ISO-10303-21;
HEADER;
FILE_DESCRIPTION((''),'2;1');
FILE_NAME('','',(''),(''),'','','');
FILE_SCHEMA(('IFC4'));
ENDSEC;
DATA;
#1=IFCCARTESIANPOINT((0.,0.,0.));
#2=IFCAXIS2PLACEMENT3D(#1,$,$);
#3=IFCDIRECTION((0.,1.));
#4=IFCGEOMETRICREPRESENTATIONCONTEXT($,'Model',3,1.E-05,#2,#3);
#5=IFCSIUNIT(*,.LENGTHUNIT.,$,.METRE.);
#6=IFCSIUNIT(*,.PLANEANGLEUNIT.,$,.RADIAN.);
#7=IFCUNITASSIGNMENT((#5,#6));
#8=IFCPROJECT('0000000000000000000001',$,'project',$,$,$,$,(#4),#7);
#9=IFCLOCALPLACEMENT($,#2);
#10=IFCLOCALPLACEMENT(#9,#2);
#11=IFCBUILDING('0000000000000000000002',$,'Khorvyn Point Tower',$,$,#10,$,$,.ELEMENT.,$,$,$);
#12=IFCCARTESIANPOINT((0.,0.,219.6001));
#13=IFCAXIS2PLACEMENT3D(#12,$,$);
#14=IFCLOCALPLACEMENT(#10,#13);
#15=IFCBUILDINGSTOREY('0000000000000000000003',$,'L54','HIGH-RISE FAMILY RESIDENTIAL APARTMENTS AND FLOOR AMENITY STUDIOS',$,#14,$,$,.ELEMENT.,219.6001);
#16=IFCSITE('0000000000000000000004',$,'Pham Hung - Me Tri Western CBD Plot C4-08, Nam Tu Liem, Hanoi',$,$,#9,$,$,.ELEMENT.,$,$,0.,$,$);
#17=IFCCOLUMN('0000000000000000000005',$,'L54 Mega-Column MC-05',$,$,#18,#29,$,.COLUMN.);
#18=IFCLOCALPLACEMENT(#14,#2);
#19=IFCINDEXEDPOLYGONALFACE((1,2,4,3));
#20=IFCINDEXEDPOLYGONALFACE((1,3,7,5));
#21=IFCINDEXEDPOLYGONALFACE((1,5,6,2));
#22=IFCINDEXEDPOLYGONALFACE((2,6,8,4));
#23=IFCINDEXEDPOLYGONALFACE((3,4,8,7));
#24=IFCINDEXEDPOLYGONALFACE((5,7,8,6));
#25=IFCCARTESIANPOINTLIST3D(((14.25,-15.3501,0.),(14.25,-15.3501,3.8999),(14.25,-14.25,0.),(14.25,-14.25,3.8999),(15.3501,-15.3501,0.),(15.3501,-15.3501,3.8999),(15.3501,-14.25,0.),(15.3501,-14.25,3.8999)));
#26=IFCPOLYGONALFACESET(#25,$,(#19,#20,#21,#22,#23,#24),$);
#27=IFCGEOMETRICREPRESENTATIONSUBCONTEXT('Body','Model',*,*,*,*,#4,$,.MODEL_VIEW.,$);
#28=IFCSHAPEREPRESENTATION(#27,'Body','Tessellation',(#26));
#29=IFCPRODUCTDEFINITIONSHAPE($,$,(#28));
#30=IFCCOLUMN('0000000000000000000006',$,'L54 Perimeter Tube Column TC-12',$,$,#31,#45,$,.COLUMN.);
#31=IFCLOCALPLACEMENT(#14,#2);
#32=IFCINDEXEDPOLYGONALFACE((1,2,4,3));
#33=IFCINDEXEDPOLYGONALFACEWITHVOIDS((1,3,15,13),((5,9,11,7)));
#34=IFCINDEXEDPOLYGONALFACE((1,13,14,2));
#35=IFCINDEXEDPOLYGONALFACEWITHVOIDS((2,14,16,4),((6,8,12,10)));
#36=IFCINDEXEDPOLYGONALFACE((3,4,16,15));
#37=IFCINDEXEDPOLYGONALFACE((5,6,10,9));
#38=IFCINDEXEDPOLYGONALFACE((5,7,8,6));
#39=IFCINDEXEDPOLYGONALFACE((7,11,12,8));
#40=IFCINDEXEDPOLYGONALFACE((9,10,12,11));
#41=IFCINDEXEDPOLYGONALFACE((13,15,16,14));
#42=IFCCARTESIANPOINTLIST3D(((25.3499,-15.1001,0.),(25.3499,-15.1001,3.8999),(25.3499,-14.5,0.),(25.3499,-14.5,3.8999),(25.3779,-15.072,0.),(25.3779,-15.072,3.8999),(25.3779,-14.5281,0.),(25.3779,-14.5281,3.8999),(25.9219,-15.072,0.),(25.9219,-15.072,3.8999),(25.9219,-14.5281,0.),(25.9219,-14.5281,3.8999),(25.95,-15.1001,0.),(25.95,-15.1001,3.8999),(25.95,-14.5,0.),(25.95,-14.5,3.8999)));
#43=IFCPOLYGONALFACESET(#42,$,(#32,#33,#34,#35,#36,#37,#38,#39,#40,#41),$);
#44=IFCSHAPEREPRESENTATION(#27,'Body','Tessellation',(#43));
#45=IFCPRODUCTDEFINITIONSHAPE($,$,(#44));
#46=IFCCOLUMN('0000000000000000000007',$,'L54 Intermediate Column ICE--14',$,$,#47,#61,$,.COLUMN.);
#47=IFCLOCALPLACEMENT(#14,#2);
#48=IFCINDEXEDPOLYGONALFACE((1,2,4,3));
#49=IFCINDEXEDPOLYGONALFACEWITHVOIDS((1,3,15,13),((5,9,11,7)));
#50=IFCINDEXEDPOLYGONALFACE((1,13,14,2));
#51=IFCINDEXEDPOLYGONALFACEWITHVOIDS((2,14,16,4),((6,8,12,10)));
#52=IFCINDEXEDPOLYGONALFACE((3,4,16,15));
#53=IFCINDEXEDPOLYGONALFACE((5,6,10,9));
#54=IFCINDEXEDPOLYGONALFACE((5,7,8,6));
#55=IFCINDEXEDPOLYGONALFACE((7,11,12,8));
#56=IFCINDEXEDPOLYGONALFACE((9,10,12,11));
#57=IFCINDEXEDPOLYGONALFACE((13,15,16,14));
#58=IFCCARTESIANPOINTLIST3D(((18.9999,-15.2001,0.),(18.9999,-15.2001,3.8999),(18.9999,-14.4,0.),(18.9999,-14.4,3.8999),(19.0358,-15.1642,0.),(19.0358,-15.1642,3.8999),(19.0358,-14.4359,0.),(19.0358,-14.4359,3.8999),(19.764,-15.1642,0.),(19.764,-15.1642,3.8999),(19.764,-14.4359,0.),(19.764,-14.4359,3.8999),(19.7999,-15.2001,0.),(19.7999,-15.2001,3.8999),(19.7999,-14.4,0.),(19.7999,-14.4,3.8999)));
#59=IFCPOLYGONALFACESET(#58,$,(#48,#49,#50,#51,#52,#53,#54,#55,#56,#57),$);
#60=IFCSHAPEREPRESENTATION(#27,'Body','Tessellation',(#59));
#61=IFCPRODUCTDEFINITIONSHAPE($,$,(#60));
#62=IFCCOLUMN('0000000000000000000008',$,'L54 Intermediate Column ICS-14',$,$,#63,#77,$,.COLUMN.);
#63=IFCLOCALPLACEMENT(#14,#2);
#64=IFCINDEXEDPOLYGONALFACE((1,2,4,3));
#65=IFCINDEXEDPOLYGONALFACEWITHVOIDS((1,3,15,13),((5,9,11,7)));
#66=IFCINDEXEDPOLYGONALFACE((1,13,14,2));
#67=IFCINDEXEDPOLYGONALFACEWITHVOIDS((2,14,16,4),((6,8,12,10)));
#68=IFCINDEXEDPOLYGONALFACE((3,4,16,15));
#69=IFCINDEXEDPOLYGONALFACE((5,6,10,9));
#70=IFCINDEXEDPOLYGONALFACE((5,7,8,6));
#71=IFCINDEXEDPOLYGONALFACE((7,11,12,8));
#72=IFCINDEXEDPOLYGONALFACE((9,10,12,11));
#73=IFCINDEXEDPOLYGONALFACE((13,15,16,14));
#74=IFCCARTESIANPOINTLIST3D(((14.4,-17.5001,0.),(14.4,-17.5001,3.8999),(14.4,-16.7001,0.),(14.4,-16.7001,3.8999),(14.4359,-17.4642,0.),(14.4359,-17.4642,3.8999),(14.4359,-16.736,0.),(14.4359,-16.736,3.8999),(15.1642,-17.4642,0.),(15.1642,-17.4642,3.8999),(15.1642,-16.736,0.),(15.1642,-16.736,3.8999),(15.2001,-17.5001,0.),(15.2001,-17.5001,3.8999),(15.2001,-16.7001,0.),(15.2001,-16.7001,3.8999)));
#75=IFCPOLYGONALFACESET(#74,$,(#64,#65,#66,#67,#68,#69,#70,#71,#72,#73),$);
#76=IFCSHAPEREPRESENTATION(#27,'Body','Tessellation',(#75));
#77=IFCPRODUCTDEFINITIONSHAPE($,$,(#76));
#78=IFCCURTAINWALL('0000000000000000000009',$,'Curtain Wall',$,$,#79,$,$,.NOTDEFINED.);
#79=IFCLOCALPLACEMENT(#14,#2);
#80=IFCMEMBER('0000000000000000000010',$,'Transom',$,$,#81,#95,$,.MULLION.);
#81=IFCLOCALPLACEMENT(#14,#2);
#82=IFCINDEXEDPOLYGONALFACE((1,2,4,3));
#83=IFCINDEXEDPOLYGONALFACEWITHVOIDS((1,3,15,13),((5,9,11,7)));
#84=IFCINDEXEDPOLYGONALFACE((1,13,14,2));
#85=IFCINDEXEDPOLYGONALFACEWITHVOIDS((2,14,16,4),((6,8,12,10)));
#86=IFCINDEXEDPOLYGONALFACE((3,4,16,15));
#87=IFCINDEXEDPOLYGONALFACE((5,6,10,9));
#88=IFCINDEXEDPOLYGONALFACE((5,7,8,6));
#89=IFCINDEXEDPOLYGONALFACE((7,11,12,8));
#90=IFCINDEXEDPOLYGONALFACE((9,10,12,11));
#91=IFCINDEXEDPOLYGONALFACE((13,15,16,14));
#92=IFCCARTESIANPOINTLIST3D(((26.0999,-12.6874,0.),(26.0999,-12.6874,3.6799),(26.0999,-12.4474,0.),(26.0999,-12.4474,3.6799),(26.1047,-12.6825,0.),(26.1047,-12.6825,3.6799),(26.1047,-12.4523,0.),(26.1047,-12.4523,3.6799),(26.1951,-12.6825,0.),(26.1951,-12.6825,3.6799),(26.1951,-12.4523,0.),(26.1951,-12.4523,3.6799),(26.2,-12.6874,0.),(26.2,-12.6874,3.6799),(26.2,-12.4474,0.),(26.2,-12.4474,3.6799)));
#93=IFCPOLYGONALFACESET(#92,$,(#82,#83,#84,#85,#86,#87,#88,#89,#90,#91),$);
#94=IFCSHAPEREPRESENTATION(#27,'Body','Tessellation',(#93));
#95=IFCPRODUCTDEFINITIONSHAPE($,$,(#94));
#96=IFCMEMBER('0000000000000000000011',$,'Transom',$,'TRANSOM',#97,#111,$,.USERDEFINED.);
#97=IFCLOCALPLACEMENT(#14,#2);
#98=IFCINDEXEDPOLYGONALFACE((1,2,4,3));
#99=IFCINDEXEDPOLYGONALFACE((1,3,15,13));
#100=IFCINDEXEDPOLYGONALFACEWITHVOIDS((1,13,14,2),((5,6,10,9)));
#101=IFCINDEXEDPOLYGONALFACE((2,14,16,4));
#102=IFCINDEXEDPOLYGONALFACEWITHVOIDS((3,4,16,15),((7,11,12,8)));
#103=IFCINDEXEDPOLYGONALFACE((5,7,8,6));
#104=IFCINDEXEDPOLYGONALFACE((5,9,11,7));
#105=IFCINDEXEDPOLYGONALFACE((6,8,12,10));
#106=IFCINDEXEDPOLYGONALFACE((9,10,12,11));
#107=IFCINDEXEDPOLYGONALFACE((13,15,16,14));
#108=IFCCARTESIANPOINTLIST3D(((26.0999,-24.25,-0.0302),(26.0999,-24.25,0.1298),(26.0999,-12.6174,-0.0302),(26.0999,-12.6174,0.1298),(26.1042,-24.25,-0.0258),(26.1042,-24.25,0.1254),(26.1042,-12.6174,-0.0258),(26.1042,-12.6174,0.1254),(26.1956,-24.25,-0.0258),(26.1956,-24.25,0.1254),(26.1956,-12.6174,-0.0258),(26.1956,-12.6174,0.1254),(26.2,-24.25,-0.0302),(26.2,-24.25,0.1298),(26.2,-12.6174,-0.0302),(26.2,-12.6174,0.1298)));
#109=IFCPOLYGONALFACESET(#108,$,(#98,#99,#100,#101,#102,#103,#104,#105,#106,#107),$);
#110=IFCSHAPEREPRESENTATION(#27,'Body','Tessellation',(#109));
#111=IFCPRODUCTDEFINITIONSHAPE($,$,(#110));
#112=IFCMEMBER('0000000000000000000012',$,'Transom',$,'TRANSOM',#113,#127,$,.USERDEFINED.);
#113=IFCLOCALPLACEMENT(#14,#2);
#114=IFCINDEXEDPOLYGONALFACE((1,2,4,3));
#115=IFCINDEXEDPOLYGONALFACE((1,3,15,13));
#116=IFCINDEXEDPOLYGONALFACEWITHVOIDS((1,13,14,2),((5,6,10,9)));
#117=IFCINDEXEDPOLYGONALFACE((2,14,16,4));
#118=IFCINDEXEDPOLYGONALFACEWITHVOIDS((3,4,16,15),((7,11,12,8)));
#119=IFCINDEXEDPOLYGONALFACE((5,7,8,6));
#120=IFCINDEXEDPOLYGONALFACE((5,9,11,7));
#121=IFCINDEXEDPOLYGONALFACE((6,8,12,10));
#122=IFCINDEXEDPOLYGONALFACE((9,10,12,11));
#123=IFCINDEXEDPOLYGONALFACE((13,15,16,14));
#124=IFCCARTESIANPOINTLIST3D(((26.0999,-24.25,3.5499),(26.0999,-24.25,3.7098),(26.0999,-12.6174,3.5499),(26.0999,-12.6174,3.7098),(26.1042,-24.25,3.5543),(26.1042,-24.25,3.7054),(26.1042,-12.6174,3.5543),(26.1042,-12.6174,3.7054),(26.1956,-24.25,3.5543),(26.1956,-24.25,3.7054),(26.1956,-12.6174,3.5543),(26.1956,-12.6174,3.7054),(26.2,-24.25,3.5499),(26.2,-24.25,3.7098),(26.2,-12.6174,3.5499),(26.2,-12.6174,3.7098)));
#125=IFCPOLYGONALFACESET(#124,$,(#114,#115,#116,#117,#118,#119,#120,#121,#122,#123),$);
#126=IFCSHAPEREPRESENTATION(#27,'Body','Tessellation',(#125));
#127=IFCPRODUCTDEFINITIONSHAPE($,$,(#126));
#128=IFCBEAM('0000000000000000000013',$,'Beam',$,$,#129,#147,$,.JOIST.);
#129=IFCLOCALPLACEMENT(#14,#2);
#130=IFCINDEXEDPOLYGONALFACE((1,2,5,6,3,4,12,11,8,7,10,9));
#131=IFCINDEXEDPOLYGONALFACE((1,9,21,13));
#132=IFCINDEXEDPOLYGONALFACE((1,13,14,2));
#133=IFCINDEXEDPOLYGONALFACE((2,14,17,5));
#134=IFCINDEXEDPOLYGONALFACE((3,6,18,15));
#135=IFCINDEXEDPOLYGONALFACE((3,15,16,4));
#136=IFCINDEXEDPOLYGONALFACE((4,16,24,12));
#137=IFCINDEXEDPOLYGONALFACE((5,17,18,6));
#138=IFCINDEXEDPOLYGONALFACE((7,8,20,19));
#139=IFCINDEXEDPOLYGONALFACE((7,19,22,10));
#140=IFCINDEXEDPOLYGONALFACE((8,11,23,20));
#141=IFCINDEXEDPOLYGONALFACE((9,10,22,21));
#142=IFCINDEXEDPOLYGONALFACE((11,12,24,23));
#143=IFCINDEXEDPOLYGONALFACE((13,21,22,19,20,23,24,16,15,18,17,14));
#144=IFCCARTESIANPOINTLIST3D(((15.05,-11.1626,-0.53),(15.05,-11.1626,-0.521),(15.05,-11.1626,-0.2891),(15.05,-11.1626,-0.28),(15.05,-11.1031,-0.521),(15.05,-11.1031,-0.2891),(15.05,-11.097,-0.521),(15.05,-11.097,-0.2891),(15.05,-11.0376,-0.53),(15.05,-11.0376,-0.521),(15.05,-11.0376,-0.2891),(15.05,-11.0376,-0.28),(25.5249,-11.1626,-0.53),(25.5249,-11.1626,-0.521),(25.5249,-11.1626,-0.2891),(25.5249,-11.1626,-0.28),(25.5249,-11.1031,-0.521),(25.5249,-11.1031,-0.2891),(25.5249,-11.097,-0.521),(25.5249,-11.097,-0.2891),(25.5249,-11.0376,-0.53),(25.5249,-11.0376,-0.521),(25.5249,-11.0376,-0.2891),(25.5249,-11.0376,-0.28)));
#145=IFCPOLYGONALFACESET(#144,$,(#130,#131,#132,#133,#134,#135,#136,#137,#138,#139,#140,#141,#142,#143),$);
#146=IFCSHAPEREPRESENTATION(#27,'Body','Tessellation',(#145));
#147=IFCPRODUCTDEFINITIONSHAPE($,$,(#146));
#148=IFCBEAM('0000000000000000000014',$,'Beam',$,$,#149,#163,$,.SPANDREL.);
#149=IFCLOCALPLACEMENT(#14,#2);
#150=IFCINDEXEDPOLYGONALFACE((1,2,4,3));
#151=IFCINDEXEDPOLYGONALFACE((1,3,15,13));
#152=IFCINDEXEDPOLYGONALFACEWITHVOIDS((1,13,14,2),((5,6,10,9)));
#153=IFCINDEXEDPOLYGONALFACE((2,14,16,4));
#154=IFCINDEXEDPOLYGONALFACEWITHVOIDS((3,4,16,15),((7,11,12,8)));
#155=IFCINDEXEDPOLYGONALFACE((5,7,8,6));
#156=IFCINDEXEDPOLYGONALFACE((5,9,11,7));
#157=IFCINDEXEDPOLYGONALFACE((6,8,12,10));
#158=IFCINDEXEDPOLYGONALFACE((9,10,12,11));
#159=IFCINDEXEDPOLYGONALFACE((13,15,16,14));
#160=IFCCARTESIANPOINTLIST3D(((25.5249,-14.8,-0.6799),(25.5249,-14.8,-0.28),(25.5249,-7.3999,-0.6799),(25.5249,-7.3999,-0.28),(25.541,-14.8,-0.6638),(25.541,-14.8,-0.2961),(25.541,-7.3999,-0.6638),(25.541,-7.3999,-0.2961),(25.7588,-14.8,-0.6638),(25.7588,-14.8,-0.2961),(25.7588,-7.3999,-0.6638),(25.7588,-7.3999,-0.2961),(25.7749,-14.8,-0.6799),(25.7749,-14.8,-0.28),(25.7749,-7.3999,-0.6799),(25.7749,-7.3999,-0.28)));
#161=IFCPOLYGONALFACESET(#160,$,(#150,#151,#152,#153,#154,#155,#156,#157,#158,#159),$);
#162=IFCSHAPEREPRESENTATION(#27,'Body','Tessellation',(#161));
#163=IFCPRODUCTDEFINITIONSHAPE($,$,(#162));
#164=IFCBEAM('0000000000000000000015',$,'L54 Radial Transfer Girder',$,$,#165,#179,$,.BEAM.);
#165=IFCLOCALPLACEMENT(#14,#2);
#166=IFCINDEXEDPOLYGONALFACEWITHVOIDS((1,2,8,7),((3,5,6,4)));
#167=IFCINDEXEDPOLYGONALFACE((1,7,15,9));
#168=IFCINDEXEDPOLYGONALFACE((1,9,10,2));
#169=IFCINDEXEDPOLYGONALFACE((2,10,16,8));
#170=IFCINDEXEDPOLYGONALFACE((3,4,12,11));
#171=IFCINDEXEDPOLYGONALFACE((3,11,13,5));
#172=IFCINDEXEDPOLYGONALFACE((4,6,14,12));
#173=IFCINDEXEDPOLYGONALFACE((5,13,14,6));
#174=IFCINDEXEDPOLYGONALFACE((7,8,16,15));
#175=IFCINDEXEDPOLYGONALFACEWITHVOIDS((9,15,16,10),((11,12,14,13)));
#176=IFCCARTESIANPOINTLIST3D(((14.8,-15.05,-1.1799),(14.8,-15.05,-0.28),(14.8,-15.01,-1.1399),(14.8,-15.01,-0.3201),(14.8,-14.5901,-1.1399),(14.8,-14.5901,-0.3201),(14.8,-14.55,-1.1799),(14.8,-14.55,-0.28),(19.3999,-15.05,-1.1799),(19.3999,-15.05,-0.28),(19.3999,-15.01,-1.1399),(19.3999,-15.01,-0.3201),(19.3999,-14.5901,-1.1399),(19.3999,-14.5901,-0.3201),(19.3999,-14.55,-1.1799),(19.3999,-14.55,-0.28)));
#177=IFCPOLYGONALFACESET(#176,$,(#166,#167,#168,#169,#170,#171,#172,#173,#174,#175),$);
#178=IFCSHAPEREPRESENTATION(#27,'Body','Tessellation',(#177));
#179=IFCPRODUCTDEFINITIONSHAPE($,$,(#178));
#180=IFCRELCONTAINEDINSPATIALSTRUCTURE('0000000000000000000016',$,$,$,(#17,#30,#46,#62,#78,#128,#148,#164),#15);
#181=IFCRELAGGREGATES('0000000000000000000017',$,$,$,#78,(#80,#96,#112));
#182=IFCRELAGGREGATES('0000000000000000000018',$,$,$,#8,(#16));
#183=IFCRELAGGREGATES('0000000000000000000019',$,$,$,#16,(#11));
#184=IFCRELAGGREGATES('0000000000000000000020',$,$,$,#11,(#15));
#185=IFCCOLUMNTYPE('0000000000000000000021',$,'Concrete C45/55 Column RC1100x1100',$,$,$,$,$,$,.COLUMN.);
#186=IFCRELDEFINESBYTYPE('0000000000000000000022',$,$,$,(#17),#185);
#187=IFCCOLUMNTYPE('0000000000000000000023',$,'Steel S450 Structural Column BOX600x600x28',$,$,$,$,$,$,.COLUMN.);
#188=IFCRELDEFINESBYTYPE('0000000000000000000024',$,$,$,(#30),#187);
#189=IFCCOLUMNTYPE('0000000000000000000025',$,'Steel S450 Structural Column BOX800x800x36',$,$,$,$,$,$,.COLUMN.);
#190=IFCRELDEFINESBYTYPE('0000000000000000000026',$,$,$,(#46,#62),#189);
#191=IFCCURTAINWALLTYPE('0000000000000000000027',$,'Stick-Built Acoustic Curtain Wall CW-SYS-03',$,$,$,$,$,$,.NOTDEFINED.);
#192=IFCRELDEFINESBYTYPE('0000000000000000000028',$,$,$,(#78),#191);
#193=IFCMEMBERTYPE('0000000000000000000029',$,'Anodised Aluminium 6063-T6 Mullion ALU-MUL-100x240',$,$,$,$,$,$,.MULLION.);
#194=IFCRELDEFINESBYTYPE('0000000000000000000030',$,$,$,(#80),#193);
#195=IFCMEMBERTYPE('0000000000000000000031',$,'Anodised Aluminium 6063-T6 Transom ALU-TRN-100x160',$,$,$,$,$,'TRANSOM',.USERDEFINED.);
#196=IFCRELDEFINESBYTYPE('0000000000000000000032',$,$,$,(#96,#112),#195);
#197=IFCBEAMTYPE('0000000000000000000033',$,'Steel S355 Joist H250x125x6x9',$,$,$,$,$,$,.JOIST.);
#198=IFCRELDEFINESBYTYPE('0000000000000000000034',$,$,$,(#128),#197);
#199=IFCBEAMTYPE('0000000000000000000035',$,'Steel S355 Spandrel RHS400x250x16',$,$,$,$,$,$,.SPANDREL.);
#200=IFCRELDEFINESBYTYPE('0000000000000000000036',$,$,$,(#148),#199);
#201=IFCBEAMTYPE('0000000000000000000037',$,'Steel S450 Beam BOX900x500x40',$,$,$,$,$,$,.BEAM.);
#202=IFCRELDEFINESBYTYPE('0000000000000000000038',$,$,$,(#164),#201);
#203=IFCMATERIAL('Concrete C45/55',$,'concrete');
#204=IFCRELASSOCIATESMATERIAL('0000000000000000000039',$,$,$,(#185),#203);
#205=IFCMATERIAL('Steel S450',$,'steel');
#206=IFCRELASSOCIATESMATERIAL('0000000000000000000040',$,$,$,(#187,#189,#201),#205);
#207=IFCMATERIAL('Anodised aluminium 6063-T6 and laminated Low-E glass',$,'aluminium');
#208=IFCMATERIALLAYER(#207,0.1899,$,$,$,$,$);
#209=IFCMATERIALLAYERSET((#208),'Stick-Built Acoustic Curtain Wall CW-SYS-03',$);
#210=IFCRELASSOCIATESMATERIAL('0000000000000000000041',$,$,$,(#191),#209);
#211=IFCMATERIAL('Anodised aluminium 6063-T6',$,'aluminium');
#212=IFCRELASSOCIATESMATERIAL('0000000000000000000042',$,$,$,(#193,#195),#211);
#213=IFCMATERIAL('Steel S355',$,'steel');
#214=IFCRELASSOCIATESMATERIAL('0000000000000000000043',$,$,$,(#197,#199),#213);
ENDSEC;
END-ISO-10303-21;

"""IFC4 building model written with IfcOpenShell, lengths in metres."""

from ifc_helpers import new_model, si_unit, direction, frame, origin, origin_2d, place, context, subcontext, project, spatial, rectangle, hollow_rectangle, i_section, extrude, material, layer, layer_set, material_profile, profile_set, type_object, element, aggregate, save


model = new_model("IFC4")

# Units and contexts
model_context = context("Model", 3, precision=1e-05, world=origin(), true_north=direction((0.0, 1.0)))
body_context = subcontext(model_context, "Body", "Model", "MODEL_VIEW")
ifc_project = project(units=[si_unit("LENGTHUNIT", "METRE"), si_unit("PLANEANGLEUNIT", "RADIAN")], contexts=[model_context])

# Site, building, storey
site_placement = place(None, origin())
site = spatial("IfcSite", under=ifc_project, at=site_placement, Name="Pham Hung - Me Tri Western CBD Plot C4-08, Nam Tu Liem, Hanoi", CompositionType="ELEMENT", RefElevation=0.0)
building_placement = place(site_placement, origin())
building = spatial("IfcBuilding", under=site, at=building_placement, Name="Khorvyn Point Tower", CompositionType="ELEMENT")
storey_placement = place(building_placement, frame((0.0, 0.0, 219.6001)))
storey = spatial("IfcBuildingStorey", under=building, at=storey_placement, Name="L54", Description="HIGH-RISE FAMILY RESIDENTIAL APARTMENTS AND FLOOR AMENITY STUDIOS", CompositionType="ELEMENT", Elevation=219.6001)

# Columns
ifc_material_1 = material(Name="Concrete C45/55", Category="concrete")
ifc_material_profile_1 = material_profile(ifc_material_1, rectangle(XDim=1.1001, YDim=1.1001, at=origin_2d()))
ifc_profile_set_1 = profile_set([ifc_material_profile_1], Name="Concrete C45/55 RC1100x1100")
column_type_1 = type_object("IfcColumnType", Name="Concrete C45/55 Column RC1100x1100", PredefinedType="COLUMN", material=ifc_profile_set_1)
column_1_placement = place(storey_placement, frame((14.8, -14.8, 0.0), z_axis=(0.0, 0.0, 1.0), x_axis=(1.0, 0.0, 0.0)))
element("IfcColumn", 1, at=column_1_placement, inside=storey, type_object=column_type_1, Name="L54 Mega-Column MC-05", PredefinedType="COLUMN", context=body_context, shape_type="SweptSolid", body=[
    extrude(rectangle(XDim=1.1001, YDim=1.1001, at=origin_2d()), origin(), (0.0, 0.0, 1.0), 3.8999),
])
ifc_material_2 = material(Name="Steel S450", Category="steel")
ifc_material_profile_2 = material_profile(ifc_material_2, hollow_rectangle(XDim=0.6001, YDim=0.6001, WallThickness=0.0281, at=origin_2d()))
ifc_profile_set_2 = profile_set([ifc_material_profile_2], Name="Steel S450 BOX600x600x28")
column_type_2 = type_object("IfcColumnType", Name="Steel S450 Structural Column BOX600x600x28", PredefinedType="COLUMN", material=ifc_profile_set_2)
column_2_placement = place(storey_placement, frame((25.6499, -14.8, 0.0), z_axis=(0.0, 0.0, 1.0), x_axis=(1.0, 0.0, 0.0)))
element("IfcColumn", 2, at=column_2_placement, inside=storey, type_object=column_type_2, Name="L54 Perimeter Tube Column TC-12", PredefinedType="COLUMN", context=body_context, shape_type="SweptSolid", body=[
    extrude(hollow_rectangle(XDim=0.6001, YDim=0.6001, WallThickness=0.0281, at=origin_2d()), origin(), (0.0, 0.0, 1.0), 3.8999),
])
ifc_material_profile_3 = material_profile(ifc_material_2, hollow_rectangle(XDim=0.8, YDim=0.8, WallThickness=0.0359, at=origin_2d()))
ifc_profile_set_3 = profile_set([ifc_material_profile_3], Name="Steel S450 BOX800x800x36")
column_type_3 = type_object("IfcColumnType", Name="Steel S450 Structural Column BOX800x800x36", PredefinedType="COLUMN", material=ifc_profile_set_3)
for number, where, z_axis, x_axis, name in (
    (3, (19.3999, -14.8, 0.0), (0.0, 0.0, 1.0), (1.0, 0.0, 0.0), "L54 Intermediate Column ICE--14"),
    (4, (14.8, -17.1001, 0.0), (0.0, 0.0, 1.0), (1.0, 0.0, 0.0), "L54 Intermediate Column ICS-14"),
):
    element("IfcColumn", number, at=place(storey_placement, frame(where, z_axis=z_axis, x_axis=x_axis)), inside=storey, type_object=column_type_3, Name=name, PredefinedType="COLUMN", context=body_context, shape_type="SweptSolid", body=[
        extrude(hollow_rectangle(XDim=0.8, YDim=0.8, WallThickness=0.0359, at=origin_2d()), origin(), (0.0, 0.0, 1.0), 3.8999),
    ])

# Curtain wall, members
ifc_material_3 = material(Name="Anodised aluminium 6063-T6 and laminated Low-E glass", Category="aluminium")
ifc_layer_1 = layer(ifc_material_3, 0.1899)
ifc_layer_set_1 = layer_set([ifc_layer_1], Name="Stick-Built Acoustic Curtain Wall CW-SYS-03")
curtain_wall_type = type_object("IfcCurtainWallType", Name="Stick-Built Acoustic Curtain Wall CW-SYS-03", PredefinedType="NOTDEFINED", material=ifc_layer_set_1)
curtain_wall_placement = place(storey_placement, origin())
curtain_wall = element("IfcCurtainWall", 5, at=curtain_wall_placement, inside=storey, type_object=curtain_wall_type, Name="Curtain Wall", PredefinedType="NOTDEFINED")
ifc_material_4 = material(Name="Anodised aluminium 6063-T6", Category="aluminium")
ifc_material_profile_4 = material_profile(ifc_material_4, hollow_rectangle(XDim=0.1001, YDim=0.24, WallThickness=0.0049, at=origin_2d()))
ifc_profile_set_4 = profile_set([ifc_material_profile_4], Name="Anodised aluminium 6063-T6 ALU-MUL-100x240")
member_type_1 = type_object("IfcMemberType", Name="Anodised Aluminium 6063-T6 Mullion ALU-MUL-100x240", PredefinedType="MULLION", material=ifc_profile_set_4)
member_1_placement = place(storey_placement, frame((26.1499, -12.5674, 0.0), z_axis=(0.0, 0.0, 1.0), x_axis=(1.0, 0.0, 0.0)))
member_1 = element("IfcMember", 6, at=member_1_placement, type_object=member_type_1, Name="Transom", PredefinedType="MULLION", context=body_context, shape_type="SweptSolid", body=[
    extrude(hollow_rectangle(XDim=0.1001, YDim=0.24, WallThickness=0.0049, at=origin_2d()), origin(), (0.0, 0.0, 1.0), 3.6799),
])
ifc_material_profile_5 = material_profile(ifc_material_4, hollow_rectangle(XDim=0.1001, YDim=0.1599, WallThickness=0.0044, at=origin_2d()))
ifc_profile_set_5 = profile_set([ifc_material_profile_5], Name="Anodised aluminium 6063-T6 ALU-TRN-100x160")
member_type_2 = type_object("IfcMemberType", Name="Anodised Aluminium 6063-T6 Transom ALU-TRN-100x160", ElementType="TRANSOM", PredefinedType="USERDEFINED", material=ifc_profile_set_5)
member_2_placement = place(storey_placement, frame((26.1499, -12.6174, 0.0498), z_axis=(0.0, -1.0, 0.0), x_axis=(1.0, 0.0, 0.0)))
member_2 = element("IfcMember", 7, at=member_2_placement, type_object=member_type_2, Name="Transom", ObjectType="TRANSOM", PredefinedType="USERDEFINED", context=body_context, shape_type="SweptSolid", body=[
    extrude(hollow_rectangle(XDim=0.1001, YDim=0.1599, WallThickness=0.0044, at=origin_2d()), origin(), (0.0, 0.0, 1.0), 11.6326),
])
member_3_placement = place(storey_placement, frame((26.1499, -12.6174, 3.6299), z_axis=(0.0, -1.0, 0.0), x_axis=(1.0, 0.0, 0.0)))
member_3 = element("IfcMember", 8, at=member_3_placement, type_object=member_type_2, Name="Transom", ObjectType="TRANSOM", PredefinedType="USERDEFINED", context=body_context, shape_type="SweptSolid", body=[
    extrude(hollow_rectangle(XDim=0.1001, YDim=0.1599, WallThickness=0.0044, at=origin_2d()), origin(), (0.0, 0.0, 1.0), 11.6326),
])

# Beams
ifc_material_5 = material(Name="Steel S355", Category="steel")
ifc_material_profile_6 = material_profile(ifc_material_5, i_section(OverallWidth=0.125, OverallDepth=0.25, WebThickness=0.0061, FlangeThickness=0.009, at=origin_2d()))
ifc_profile_set_6 = profile_set([ifc_material_profile_6], Name="Steel S355 H250x125x6x9")
beam_type_1 = type_object("IfcBeamType", Name="Steel S355 Joist H250x125x6x9", PredefinedType="JOIST", material=ifc_profile_set_6)
beam_1_placement = place(storey_placement, frame((15.05, -11.1001, -0.405), z_axis=(1.0, 0.0, 0.0), x_axis=(0.0, 1.0, 0.0)))
element("IfcBeam", 9, at=beam_1_placement, inside=storey, type_object=beam_type_1, Name="Beam", PredefinedType="JOIST", context=body_context, shape_type="SweptSolid", body=[
    extrude(i_section(OverallWidth=0.125, OverallDepth=0.25, WebThickness=0.0061, FlangeThickness=0.009, at=origin_2d()), origin(), (0.0, 0.0, 1.0), 10.4749),
])
ifc_material_profile_7 = material_profile(ifc_material_5, hollow_rectangle(XDim=0.25, YDim=0.3999, WallThickness=0.0161, at=origin_2d()))
ifc_profile_set_7 = profile_set([ifc_material_profile_7], Name="Steel S355 RHS400x250x16")
beam_type_2 = type_object("IfcBeamType", Name="Steel S355 Spandrel RHS400x250x16", PredefinedType="SPANDREL", material=ifc_profile_set_7)
beam_2_placement = place(storey_placement, frame((25.6499, -14.8, -0.48), z_axis=(0.0, 1.0, 0.0), x_axis=(-1.0, 0.0, 0.0)))
element("IfcBeam", 10, at=beam_2_placement, inside=storey, type_object=beam_type_2, Name="Beam", PredefinedType="SPANDREL", context=body_context, shape_type="SweptSolid", body=[
    extrude(hollow_rectangle(XDim=0.25, YDim=0.3999, WallThickness=0.0161, at=origin_2d()), origin(), (0.0, 0.0, 1.0), 7.4001),
])
ifc_material_profile_8 = material_profile(ifc_material_2, hollow_rectangle(XDim=0.5, YDim=0.8999, WallThickness=0.04, at=origin_2d()))
ifc_profile_set_8 = profile_set([ifc_material_profile_8], Name="Steel S450 BOX900x500x40")
beam_type_3 = type_object("IfcBeamType", Name="Steel S450 Beam BOX900x500x40", PredefinedType="BEAM", material=ifc_profile_set_8)
beam_3_placement = place(storey_placement, frame((14.8, -14.8, -0.73), z_axis=(1.0, 0.0, 0.0), x_axis=(0.0, 1.0, 0.0)))
element("IfcBeam", 11, at=beam_3_placement, inside=storey, type_object=beam_type_3, Name="L54 Radial Transfer Girder", PredefinedType="BEAM", context=body_context, shape_type="SweptSolid", body=[
    extrude(hollow_rectangle(XDim=0.5, YDim=0.8999, WallThickness=0.04, at=origin_2d()), origin(), (0.0, 0.0, 1.0), 4.5999),
])

aggregate(curtain_wall, [member_1, member_2, member_3])

save(model, "model.ifc")
